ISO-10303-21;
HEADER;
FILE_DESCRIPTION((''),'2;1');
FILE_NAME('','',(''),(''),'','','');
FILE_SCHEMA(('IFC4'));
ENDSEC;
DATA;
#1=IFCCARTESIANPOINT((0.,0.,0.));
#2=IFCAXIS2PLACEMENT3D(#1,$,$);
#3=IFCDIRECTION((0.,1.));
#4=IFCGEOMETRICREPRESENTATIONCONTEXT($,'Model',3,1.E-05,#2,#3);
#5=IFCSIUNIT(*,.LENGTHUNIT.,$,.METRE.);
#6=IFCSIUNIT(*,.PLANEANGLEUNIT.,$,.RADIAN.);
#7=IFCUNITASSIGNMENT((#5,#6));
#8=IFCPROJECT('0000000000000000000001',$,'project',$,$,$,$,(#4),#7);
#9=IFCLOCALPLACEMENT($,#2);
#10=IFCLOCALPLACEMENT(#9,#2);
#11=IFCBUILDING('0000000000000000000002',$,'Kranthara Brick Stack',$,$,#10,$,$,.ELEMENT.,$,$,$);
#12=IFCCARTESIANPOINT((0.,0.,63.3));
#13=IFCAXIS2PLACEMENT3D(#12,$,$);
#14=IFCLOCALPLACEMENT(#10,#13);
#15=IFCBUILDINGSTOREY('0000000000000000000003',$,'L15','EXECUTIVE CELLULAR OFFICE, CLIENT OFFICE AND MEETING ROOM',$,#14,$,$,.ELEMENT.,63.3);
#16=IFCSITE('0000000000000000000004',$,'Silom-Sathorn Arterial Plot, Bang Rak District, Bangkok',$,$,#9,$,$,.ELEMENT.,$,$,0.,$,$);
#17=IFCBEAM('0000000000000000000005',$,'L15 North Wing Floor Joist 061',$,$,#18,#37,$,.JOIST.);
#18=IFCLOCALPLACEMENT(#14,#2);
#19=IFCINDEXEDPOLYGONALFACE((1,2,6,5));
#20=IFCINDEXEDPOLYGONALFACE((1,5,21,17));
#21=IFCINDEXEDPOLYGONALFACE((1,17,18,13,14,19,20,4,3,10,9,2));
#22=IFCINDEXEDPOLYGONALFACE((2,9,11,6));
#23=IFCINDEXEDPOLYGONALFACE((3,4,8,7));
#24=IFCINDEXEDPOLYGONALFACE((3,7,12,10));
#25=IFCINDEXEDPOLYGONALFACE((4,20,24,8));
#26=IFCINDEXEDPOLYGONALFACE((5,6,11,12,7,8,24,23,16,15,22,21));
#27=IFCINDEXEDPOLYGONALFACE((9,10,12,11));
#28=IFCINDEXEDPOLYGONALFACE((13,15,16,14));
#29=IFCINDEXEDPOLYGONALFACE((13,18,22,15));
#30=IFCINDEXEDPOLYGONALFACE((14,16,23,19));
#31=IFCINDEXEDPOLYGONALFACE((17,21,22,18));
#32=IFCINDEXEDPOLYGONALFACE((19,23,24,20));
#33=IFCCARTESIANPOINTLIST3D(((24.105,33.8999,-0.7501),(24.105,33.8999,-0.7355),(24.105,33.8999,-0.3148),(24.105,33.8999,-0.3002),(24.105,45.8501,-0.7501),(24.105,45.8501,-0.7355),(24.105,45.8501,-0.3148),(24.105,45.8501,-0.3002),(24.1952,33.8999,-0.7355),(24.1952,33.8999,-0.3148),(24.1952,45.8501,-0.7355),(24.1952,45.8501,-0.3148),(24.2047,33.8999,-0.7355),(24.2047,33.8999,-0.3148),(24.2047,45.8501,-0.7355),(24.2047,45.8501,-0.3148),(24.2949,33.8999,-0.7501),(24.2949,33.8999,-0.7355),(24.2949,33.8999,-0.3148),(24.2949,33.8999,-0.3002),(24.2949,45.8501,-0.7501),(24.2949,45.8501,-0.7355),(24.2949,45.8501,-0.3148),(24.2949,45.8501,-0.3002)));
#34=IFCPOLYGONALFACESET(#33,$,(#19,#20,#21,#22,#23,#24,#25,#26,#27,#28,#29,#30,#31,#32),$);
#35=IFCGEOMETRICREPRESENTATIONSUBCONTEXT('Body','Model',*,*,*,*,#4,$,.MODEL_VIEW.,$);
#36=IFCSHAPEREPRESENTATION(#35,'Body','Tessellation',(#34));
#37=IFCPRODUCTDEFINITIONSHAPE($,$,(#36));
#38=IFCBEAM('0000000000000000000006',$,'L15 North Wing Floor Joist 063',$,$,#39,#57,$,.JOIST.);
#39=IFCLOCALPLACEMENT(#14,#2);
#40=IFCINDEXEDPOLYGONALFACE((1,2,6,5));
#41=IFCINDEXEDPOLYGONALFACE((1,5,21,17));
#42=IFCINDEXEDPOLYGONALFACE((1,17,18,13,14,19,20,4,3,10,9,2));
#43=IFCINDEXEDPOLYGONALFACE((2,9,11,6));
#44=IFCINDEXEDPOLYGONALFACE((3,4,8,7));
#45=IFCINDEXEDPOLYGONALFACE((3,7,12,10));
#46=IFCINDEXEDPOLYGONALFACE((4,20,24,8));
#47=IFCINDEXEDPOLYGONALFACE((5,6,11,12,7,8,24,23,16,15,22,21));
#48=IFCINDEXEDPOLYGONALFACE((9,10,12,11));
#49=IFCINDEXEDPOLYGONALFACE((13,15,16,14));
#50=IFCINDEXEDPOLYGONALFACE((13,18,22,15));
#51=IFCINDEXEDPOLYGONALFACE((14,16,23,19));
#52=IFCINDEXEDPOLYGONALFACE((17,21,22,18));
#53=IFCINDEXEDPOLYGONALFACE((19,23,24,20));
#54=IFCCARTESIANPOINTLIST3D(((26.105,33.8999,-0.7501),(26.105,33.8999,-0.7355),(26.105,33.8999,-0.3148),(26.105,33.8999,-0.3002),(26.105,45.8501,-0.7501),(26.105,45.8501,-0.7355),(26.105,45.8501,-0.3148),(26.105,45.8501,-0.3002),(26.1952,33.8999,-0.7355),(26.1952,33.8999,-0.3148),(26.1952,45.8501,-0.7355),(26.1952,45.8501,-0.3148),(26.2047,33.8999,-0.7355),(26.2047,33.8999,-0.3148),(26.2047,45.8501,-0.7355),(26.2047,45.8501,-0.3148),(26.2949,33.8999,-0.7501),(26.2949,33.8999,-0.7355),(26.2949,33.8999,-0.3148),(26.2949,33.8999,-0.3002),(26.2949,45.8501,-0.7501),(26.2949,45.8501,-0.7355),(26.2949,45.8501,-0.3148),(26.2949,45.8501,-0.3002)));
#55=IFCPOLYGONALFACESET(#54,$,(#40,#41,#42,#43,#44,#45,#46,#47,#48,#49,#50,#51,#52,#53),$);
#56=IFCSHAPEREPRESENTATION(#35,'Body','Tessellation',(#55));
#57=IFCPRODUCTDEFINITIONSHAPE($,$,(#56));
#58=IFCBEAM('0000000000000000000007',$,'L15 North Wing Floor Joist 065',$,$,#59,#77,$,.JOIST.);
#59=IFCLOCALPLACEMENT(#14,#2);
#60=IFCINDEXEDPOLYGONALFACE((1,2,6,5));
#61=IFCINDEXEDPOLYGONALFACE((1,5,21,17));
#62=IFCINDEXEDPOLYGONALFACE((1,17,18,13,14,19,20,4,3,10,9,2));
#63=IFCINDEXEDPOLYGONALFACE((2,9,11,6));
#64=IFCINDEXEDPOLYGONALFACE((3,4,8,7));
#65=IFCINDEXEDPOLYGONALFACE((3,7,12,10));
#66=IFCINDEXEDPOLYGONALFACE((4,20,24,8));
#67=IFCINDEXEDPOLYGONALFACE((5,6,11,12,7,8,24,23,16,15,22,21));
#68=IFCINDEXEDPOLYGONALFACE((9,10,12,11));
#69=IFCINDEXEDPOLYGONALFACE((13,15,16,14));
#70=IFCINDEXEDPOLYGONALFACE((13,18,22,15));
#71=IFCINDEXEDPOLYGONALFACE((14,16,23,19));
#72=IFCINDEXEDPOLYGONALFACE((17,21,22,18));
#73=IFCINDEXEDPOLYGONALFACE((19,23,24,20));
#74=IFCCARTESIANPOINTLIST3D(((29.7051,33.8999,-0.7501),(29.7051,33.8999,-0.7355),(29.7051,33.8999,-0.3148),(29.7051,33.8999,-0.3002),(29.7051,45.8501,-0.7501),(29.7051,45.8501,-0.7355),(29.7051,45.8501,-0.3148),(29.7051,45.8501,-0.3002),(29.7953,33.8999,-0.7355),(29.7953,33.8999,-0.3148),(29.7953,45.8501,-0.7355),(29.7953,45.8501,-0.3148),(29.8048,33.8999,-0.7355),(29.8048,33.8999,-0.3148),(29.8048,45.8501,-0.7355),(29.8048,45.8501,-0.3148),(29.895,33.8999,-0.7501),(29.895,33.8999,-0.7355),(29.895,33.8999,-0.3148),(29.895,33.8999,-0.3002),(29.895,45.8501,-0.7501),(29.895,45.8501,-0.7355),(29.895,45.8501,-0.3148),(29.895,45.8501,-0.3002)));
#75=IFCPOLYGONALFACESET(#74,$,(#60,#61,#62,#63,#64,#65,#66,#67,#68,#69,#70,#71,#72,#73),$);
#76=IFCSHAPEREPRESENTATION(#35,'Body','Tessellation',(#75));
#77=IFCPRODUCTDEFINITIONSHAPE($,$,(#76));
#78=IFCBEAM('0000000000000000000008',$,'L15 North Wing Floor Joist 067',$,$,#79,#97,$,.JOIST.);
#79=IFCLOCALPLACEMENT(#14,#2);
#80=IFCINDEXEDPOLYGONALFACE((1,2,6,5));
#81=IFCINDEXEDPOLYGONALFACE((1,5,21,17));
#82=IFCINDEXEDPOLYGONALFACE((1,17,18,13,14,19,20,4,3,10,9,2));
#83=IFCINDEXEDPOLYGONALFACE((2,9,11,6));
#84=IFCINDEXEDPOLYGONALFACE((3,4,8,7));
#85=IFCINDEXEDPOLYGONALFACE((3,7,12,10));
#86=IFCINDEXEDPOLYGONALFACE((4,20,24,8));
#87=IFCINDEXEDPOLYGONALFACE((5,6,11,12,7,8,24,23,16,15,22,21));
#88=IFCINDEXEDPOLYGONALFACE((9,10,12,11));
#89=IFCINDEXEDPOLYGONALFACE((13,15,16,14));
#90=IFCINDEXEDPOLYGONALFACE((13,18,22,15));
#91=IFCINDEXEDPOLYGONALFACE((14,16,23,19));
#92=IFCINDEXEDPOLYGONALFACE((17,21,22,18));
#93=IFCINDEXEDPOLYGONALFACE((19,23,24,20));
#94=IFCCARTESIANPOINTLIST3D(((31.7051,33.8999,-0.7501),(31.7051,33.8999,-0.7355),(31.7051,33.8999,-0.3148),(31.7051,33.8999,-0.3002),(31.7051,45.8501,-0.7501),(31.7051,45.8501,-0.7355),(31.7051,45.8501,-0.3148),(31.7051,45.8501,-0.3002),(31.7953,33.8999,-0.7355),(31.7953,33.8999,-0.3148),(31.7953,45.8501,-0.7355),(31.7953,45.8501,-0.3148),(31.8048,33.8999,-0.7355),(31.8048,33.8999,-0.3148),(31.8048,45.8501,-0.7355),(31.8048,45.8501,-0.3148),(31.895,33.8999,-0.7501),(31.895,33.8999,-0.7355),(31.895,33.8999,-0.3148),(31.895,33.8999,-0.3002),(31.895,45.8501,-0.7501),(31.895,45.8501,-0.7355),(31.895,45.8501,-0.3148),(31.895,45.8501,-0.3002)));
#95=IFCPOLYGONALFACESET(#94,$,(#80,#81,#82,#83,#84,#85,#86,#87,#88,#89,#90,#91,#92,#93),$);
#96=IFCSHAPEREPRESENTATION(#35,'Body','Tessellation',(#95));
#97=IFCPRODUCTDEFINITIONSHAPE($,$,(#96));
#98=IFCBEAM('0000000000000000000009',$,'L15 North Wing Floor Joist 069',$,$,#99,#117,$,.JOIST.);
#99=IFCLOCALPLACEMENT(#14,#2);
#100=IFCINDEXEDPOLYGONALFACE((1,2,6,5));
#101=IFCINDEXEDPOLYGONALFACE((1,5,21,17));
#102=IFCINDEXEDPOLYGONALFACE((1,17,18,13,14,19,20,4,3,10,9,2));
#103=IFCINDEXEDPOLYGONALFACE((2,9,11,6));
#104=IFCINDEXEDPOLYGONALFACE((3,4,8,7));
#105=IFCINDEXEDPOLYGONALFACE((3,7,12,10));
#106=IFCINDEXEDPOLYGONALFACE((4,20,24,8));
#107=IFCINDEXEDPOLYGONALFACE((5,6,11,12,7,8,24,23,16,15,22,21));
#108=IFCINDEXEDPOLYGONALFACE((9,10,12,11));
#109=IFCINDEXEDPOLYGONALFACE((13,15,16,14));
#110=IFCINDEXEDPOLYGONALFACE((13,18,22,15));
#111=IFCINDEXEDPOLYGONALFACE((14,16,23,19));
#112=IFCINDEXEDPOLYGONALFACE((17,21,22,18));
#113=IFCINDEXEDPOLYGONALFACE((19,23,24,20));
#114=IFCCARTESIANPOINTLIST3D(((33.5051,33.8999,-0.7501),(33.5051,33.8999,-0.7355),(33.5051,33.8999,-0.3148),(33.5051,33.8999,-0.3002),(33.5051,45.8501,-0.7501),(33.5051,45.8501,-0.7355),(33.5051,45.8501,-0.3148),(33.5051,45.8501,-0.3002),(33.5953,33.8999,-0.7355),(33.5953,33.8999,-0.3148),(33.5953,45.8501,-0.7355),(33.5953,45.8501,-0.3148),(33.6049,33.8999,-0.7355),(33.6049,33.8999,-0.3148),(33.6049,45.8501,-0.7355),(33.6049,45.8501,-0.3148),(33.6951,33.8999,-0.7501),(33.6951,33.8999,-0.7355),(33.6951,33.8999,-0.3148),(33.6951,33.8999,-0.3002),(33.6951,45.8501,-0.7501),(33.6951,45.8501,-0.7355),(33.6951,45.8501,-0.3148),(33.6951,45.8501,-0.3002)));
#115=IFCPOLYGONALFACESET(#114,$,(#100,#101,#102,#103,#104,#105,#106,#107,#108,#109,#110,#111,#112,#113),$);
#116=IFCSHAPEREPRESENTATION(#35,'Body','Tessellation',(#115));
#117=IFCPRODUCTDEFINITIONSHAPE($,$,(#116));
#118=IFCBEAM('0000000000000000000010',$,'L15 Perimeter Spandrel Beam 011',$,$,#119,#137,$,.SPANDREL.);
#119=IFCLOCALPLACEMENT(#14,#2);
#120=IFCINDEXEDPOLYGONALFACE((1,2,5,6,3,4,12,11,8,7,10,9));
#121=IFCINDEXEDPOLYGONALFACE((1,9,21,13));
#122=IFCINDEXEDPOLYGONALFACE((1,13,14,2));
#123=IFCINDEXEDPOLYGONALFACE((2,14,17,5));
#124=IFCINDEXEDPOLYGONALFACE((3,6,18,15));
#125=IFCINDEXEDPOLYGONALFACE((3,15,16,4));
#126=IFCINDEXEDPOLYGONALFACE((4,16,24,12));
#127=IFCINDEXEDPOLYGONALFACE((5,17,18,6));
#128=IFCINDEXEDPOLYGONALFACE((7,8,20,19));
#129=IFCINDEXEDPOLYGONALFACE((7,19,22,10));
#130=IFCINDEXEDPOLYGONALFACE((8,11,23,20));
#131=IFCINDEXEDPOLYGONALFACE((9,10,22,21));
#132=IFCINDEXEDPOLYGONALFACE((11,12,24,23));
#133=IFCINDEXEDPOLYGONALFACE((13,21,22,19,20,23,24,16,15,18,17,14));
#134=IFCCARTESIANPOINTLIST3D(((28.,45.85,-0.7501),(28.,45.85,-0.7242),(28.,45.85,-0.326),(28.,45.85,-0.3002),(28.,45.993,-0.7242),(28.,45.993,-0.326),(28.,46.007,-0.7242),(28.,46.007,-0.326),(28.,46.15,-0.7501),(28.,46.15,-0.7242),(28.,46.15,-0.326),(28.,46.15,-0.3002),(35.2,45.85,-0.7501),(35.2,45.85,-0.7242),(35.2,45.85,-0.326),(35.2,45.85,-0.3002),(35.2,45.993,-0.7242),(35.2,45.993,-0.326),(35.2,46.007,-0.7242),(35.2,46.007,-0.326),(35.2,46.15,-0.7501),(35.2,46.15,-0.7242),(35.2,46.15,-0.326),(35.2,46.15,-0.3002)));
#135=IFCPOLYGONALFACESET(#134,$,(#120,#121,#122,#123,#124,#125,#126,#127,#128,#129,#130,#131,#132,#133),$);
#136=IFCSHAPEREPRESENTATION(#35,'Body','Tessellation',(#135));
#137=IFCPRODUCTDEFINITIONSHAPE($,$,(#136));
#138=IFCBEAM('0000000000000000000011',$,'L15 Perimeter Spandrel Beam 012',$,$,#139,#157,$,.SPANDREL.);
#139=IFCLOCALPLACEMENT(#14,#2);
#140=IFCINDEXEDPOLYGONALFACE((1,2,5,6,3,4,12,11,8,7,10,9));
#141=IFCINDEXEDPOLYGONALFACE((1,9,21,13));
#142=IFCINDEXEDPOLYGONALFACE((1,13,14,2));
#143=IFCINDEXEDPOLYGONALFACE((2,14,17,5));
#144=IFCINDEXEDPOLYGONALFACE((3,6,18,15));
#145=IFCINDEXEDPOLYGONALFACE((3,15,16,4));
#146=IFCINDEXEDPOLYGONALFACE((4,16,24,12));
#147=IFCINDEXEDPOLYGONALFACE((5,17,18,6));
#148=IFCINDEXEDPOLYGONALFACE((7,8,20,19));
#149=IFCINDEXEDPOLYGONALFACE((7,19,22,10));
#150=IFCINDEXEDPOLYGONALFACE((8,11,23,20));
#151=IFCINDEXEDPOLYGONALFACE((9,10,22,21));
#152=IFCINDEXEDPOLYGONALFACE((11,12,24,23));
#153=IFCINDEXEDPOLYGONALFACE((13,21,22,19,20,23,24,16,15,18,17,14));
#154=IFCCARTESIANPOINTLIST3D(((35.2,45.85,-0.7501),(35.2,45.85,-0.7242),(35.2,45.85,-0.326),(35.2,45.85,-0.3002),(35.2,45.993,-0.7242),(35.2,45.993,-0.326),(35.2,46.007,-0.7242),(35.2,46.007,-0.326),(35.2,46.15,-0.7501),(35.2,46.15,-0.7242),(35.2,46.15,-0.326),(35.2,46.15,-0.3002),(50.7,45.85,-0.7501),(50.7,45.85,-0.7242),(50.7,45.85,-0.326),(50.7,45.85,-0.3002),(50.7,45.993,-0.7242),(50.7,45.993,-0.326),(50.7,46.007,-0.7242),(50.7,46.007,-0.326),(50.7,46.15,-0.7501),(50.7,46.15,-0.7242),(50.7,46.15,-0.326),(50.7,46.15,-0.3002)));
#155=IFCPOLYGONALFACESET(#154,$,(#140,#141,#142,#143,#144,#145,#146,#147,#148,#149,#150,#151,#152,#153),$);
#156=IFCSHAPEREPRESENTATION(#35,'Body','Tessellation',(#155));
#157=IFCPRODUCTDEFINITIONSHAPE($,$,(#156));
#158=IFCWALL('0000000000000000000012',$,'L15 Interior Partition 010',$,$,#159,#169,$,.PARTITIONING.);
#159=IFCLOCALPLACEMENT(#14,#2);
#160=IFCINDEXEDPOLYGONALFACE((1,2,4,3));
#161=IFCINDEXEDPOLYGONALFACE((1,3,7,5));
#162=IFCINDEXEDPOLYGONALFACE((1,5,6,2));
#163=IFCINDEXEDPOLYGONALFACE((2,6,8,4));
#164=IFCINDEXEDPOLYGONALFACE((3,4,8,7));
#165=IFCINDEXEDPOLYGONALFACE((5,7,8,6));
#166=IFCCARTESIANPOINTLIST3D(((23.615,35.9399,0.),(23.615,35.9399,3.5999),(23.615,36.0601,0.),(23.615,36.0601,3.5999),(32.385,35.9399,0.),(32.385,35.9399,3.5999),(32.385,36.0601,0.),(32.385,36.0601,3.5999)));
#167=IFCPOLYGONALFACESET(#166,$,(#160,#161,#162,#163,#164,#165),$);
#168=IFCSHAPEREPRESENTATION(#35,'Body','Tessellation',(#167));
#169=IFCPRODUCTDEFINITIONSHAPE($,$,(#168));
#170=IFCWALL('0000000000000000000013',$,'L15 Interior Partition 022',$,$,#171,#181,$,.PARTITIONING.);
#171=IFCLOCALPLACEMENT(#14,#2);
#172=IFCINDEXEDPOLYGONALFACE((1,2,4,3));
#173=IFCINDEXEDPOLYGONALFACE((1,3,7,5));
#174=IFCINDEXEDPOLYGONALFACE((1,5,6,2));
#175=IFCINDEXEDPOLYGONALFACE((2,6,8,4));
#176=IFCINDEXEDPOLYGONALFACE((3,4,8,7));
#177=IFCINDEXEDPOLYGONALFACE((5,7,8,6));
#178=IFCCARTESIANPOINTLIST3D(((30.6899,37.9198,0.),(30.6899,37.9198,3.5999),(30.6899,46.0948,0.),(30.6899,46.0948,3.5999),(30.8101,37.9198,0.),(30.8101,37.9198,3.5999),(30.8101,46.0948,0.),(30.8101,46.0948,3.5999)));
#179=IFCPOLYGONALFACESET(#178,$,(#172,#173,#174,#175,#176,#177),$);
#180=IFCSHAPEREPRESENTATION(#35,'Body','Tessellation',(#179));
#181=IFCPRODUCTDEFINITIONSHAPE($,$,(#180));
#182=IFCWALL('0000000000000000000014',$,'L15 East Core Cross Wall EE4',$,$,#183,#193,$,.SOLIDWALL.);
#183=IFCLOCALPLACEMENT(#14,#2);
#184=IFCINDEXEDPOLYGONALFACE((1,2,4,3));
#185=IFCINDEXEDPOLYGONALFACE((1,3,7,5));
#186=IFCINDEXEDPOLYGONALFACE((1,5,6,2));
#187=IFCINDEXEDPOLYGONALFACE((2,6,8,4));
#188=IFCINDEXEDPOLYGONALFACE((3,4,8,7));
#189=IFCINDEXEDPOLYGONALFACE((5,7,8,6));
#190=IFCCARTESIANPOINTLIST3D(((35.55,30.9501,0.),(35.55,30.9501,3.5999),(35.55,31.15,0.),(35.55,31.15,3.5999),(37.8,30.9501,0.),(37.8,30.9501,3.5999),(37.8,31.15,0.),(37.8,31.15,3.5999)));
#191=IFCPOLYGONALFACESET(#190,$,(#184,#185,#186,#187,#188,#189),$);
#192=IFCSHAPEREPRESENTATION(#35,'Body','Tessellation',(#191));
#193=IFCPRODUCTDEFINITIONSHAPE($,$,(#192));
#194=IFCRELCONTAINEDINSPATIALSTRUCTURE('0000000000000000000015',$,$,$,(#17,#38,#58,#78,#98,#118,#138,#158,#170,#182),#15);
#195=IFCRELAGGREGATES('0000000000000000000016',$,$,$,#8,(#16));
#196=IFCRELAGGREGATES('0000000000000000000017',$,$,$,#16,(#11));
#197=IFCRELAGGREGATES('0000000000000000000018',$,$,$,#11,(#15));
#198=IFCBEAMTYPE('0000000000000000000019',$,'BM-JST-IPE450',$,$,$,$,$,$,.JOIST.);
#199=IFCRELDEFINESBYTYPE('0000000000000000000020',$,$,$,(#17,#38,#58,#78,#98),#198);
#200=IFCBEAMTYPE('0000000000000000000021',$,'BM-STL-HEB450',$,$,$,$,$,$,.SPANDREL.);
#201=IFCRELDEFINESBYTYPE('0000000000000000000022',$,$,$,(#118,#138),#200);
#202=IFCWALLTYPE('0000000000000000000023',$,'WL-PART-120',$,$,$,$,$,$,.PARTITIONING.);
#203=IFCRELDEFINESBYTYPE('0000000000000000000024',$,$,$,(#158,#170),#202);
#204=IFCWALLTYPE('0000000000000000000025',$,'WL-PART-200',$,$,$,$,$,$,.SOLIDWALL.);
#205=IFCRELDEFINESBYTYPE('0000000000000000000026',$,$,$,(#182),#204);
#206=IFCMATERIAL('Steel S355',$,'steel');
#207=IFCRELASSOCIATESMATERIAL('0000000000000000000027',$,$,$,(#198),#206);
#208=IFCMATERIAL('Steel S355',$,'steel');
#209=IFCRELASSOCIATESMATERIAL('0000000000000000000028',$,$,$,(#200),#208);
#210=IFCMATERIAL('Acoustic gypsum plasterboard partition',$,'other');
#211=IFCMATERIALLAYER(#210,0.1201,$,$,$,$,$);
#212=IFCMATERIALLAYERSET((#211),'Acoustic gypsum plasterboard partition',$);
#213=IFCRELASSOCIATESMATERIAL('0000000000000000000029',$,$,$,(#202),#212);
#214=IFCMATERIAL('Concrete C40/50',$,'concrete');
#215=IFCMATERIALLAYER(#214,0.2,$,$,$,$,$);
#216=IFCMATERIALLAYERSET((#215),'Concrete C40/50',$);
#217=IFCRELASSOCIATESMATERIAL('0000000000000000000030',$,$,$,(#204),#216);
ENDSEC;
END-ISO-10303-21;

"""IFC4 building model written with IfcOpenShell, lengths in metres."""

from ifc_helpers import new_model, si_unit, direction, frame, frame_2d, origin, origin_2d, place, context, subcontext, project, spatial, rectangle, i_section, extrude, material, layer, layer_set, material_profile, profile_set, type_object, element, save


model = new_model("IFC4")

# Units and contexts
model_context = context("Model", 3, precision=1e-05, world=origin(), true_north=direction((0.0, 1.0)))
body_context = subcontext(model_context, "Body", "Model", "MODEL_VIEW")
ifc_project = project(units=[si_unit("LENGTHUNIT", "METRE"), si_unit("PLANEANGLEUNIT", "RADIAN")], contexts=[model_context])

# Site, building, storey
site_placement = place(None, origin())
site = spatial("IfcSite", under=ifc_project, at=site_placement, Name="Silom-Sathorn Arterial Plot, Bang Rak District, Bangkok", CompositionType="ELEMENT", RefElevation=0.0)
building_placement = place(site_placement, origin())
building = spatial("IfcBuilding", under=site, at=building_placement, Name="Kranthara Brick Stack", CompositionType="ELEMENT")
storey_placement = place(building_placement, frame((0.0, 0.0, 63.3)))
storey = spatial("IfcBuildingStorey", under=building, at=storey_placement, Name="L15", Description="EXECUTIVE CELLULAR OFFICE, CLIENT OFFICE AND MEETING ROOM", CompositionType="ELEMENT", Elevation=63.3)

# Beams
ifc_material_1 = material(Name="Steel S355", Category="steel")
ifc_material_profile_1 = material_profile(ifc_material_1, i_section(OverallWidth=0.1899, OverallDepth=0.45, WebThickness=0.0095, FlangeThickness=0.0146, at=origin_2d()), Name="IPE 450")
ifc_profile_set_1 = profile_set([ifc_material_profile_1], Name="Steel S355")
beam_type_1 = type_object("IfcBeamType", Name="BM-JST-IPE450", PredefinedType="JOIST", material=ifc_profile_set_1)
for number, where, z_axis, x_axis, name in (
    (1, (24.2, 33.8999, -0.5251), (0.0, 1.0, 0.0), (-1.0, 0.0, 0.0), "L15 North Wing Floor Joist 061"),
    (2, (26.2, 33.8999, -0.5251), (0.0, 1.0, 0.0), (-1.0, 0.0, 0.0), "L15 North Wing Floor Joist 063"),
    (3, (29.8, 33.8999, -0.5251), (0.0, 1.0, 0.0), (-1.0, 0.0, 0.0), "L15 North Wing Floor Joist 065"),
    (4, (31.8, 33.8999, -0.5251), (0.0, 1.0, 0.0), (-1.0, 0.0, 0.0), "L15 North Wing Floor Joist 067"),
    (5, (33.6001, 33.8999, -0.5251), (0.0, 1.0, 0.0), (-1.0, 0.0, 0.0), "L15 North Wing Floor Joist 069"),
):
    element("IfcBeam", number, at=place(storey_placement, frame(where, z_axis=z_axis, x_axis=x_axis)), inside=storey, type_object=beam_type_1, Name=name, PredefinedType="JOIST", context=body_context, shape_type="SweptSolid", body=[
        extrude(i_section(OverallWidth=0.1899, OverallDepth=0.45, WebThickness=0.0095, FlangeThickness=0.0146, at=origin_2d()), origin(), (0.0, 0.0, 1.0), 11.9502),
    ])
ifc_material_2 = material(Name="Steel S355", Category="steel")
ifc_material_profile_2 = material_profile(ifc_material_2, i_section(OverallWidth=0.3, OverallDepth=0.45, WebThickness=0.0139, FlangeThickness=0.0259, at=origin_2d()), Name="HEB 450")
ifc_profile_set_2 = profile_set([ifc_material_profile_2], Name="Steel S355")
beam_type_2 = type_object("IfcBeamType", Name="BM-STL-HEB450", PredefinedType="SPANDREL", material=ifc_profile_set_2)
beam_1_placement = place(storey_placement, frame((28.0, 46.0, -0.5251), z_axis=(1.0, 0.0, 0.0), x_axis=(0.0, 1.0, 0.0)))
element("IfcBeam", 6, at=beam_1_placement, inside=storey, type_object=beam_type_2, Name="L15 Perimeter Spandrel Beam 011", PredefinedType="SPANDREL", context=body_context, shape_type="SweptSolid", body=[
    extrude(i_section(OverallWidth=0.3, OverallDepth=0.45, WebThickness=0.0139, FlangeThickness=0.0259, at=origin_2d()), origin(), (0.0, 0.0, 1.0), 7.2),
])
beam_2_placement = place(storey_placement, frame((35.2, 46.0, -0.5251), z_axis=(1.0, 0.0, 0.0), x_axis=(0.0, 1.0, 0.0)))
element("IfcBeam", 7, at=beam_2_placement, inside=storey, type_object=beam_type_2, Name="L15 Perimeter Spandrel Beam 012", PredefinedType="SPANDREL", context=body_context, shape_type="SweptSolid", body=[
    extrude(i_section(OverallWidth=0.3, OverallDepth=0.45, WebThickness=0.0139, FlangeThickness=0.0259, at=origin_2d()), origin(), (0.0, 0.0, 1.0), 15.5),
])

# Walls
ifc_material_3 = material(Name="Acoustic gypsum plasterboard partition", Category="other")
ifc_layer_1 = layer(ifc_material_3, 0.1201)
ifc_layer_set_1 = layer_set([ifc_layer_1], Name="Acoustic gypsum plasterboard partition")
wall_type_1 = type_object("IfcWallType", Name="WL-PART-120", PredefinedType="PARTITIONING", material=ifc_layer_set_1)
wall_1_placement = place(storey_placement, frame((23.615, 36.0, 0.0), z_axis=(0.0, 0.0, 1.0), x_axis=(1.0, 0.0, 0.0)))
element("IfcWall", 8, at=wall_1_placement, inside=storey, type_object=wall_type_1, Name="L15 Interior Partition 010", PredefinedType="PARTITIONING", context=body_context, shape_type="SweptSolid", body=[
    extrude(rectangle(XDim=8.77, YDim=0.1201, at=frame_2d((4.385, 0.0))), origin(), (0.0, 0.0, 1.0), 3.5999),
])
wall_2_placement = place(storey_placement, frame((30.75, 37.9199, 0.0), z_axis=(0.0, 0.0, 1.0), x_axis=(0.0, 1.0, 0.0)))
element("IfcWall", 9, at=wall_2_placement, inside=storey, type_object=wall_type_1, Name="L15 Interior Partition 022", PredefinedType="PARTITIONING", context=body_context, shape_type="SweptSolid", body=[
    extrude(rectangle(XDim=8.175, YDim=0.1201, at=frame_2d((4.0874, 0.0))), origin(), (0.0, 0.0, 1.0), 3.5999),
])
ifc_material_4 = material(Name="Concrete C40/50", Category="concrete")
ifc_layer_2 = layer(ifc_material_4, 0.2)
ifc_layer_set_2 = layer_set([ifc_layer_2], Name="Concrete C40/50")
wall_type_2 = type_object("IfcWallType", Name="WL-PART-200", PredefinedType="SOLIDWALL", material=ifc_layer_set_2)
wall_3_placement = place(storey_placement, frame((35.55, 31.05, 0.0), z_axis=(0.0, 0.0, 1.0), x_axis=(1.0, 0.0, 0.0)))
element("IfcWall", 10, at=wall_3_placement, inside=storey, type_object=wall_type_2, Name="L15 East Core Cross Wall EE4", PredefinedType="SOLIDWALL", context=body_context, shape_type="SweptSolid", body=[
    extrude(rectangle(XDim=2.25, YDim=0.2, at=frame_2d((1.125, 0.0))), origin(), (0.0, 0.0, 1.0), 3.5999),
])

save(model, "model.ifc")
